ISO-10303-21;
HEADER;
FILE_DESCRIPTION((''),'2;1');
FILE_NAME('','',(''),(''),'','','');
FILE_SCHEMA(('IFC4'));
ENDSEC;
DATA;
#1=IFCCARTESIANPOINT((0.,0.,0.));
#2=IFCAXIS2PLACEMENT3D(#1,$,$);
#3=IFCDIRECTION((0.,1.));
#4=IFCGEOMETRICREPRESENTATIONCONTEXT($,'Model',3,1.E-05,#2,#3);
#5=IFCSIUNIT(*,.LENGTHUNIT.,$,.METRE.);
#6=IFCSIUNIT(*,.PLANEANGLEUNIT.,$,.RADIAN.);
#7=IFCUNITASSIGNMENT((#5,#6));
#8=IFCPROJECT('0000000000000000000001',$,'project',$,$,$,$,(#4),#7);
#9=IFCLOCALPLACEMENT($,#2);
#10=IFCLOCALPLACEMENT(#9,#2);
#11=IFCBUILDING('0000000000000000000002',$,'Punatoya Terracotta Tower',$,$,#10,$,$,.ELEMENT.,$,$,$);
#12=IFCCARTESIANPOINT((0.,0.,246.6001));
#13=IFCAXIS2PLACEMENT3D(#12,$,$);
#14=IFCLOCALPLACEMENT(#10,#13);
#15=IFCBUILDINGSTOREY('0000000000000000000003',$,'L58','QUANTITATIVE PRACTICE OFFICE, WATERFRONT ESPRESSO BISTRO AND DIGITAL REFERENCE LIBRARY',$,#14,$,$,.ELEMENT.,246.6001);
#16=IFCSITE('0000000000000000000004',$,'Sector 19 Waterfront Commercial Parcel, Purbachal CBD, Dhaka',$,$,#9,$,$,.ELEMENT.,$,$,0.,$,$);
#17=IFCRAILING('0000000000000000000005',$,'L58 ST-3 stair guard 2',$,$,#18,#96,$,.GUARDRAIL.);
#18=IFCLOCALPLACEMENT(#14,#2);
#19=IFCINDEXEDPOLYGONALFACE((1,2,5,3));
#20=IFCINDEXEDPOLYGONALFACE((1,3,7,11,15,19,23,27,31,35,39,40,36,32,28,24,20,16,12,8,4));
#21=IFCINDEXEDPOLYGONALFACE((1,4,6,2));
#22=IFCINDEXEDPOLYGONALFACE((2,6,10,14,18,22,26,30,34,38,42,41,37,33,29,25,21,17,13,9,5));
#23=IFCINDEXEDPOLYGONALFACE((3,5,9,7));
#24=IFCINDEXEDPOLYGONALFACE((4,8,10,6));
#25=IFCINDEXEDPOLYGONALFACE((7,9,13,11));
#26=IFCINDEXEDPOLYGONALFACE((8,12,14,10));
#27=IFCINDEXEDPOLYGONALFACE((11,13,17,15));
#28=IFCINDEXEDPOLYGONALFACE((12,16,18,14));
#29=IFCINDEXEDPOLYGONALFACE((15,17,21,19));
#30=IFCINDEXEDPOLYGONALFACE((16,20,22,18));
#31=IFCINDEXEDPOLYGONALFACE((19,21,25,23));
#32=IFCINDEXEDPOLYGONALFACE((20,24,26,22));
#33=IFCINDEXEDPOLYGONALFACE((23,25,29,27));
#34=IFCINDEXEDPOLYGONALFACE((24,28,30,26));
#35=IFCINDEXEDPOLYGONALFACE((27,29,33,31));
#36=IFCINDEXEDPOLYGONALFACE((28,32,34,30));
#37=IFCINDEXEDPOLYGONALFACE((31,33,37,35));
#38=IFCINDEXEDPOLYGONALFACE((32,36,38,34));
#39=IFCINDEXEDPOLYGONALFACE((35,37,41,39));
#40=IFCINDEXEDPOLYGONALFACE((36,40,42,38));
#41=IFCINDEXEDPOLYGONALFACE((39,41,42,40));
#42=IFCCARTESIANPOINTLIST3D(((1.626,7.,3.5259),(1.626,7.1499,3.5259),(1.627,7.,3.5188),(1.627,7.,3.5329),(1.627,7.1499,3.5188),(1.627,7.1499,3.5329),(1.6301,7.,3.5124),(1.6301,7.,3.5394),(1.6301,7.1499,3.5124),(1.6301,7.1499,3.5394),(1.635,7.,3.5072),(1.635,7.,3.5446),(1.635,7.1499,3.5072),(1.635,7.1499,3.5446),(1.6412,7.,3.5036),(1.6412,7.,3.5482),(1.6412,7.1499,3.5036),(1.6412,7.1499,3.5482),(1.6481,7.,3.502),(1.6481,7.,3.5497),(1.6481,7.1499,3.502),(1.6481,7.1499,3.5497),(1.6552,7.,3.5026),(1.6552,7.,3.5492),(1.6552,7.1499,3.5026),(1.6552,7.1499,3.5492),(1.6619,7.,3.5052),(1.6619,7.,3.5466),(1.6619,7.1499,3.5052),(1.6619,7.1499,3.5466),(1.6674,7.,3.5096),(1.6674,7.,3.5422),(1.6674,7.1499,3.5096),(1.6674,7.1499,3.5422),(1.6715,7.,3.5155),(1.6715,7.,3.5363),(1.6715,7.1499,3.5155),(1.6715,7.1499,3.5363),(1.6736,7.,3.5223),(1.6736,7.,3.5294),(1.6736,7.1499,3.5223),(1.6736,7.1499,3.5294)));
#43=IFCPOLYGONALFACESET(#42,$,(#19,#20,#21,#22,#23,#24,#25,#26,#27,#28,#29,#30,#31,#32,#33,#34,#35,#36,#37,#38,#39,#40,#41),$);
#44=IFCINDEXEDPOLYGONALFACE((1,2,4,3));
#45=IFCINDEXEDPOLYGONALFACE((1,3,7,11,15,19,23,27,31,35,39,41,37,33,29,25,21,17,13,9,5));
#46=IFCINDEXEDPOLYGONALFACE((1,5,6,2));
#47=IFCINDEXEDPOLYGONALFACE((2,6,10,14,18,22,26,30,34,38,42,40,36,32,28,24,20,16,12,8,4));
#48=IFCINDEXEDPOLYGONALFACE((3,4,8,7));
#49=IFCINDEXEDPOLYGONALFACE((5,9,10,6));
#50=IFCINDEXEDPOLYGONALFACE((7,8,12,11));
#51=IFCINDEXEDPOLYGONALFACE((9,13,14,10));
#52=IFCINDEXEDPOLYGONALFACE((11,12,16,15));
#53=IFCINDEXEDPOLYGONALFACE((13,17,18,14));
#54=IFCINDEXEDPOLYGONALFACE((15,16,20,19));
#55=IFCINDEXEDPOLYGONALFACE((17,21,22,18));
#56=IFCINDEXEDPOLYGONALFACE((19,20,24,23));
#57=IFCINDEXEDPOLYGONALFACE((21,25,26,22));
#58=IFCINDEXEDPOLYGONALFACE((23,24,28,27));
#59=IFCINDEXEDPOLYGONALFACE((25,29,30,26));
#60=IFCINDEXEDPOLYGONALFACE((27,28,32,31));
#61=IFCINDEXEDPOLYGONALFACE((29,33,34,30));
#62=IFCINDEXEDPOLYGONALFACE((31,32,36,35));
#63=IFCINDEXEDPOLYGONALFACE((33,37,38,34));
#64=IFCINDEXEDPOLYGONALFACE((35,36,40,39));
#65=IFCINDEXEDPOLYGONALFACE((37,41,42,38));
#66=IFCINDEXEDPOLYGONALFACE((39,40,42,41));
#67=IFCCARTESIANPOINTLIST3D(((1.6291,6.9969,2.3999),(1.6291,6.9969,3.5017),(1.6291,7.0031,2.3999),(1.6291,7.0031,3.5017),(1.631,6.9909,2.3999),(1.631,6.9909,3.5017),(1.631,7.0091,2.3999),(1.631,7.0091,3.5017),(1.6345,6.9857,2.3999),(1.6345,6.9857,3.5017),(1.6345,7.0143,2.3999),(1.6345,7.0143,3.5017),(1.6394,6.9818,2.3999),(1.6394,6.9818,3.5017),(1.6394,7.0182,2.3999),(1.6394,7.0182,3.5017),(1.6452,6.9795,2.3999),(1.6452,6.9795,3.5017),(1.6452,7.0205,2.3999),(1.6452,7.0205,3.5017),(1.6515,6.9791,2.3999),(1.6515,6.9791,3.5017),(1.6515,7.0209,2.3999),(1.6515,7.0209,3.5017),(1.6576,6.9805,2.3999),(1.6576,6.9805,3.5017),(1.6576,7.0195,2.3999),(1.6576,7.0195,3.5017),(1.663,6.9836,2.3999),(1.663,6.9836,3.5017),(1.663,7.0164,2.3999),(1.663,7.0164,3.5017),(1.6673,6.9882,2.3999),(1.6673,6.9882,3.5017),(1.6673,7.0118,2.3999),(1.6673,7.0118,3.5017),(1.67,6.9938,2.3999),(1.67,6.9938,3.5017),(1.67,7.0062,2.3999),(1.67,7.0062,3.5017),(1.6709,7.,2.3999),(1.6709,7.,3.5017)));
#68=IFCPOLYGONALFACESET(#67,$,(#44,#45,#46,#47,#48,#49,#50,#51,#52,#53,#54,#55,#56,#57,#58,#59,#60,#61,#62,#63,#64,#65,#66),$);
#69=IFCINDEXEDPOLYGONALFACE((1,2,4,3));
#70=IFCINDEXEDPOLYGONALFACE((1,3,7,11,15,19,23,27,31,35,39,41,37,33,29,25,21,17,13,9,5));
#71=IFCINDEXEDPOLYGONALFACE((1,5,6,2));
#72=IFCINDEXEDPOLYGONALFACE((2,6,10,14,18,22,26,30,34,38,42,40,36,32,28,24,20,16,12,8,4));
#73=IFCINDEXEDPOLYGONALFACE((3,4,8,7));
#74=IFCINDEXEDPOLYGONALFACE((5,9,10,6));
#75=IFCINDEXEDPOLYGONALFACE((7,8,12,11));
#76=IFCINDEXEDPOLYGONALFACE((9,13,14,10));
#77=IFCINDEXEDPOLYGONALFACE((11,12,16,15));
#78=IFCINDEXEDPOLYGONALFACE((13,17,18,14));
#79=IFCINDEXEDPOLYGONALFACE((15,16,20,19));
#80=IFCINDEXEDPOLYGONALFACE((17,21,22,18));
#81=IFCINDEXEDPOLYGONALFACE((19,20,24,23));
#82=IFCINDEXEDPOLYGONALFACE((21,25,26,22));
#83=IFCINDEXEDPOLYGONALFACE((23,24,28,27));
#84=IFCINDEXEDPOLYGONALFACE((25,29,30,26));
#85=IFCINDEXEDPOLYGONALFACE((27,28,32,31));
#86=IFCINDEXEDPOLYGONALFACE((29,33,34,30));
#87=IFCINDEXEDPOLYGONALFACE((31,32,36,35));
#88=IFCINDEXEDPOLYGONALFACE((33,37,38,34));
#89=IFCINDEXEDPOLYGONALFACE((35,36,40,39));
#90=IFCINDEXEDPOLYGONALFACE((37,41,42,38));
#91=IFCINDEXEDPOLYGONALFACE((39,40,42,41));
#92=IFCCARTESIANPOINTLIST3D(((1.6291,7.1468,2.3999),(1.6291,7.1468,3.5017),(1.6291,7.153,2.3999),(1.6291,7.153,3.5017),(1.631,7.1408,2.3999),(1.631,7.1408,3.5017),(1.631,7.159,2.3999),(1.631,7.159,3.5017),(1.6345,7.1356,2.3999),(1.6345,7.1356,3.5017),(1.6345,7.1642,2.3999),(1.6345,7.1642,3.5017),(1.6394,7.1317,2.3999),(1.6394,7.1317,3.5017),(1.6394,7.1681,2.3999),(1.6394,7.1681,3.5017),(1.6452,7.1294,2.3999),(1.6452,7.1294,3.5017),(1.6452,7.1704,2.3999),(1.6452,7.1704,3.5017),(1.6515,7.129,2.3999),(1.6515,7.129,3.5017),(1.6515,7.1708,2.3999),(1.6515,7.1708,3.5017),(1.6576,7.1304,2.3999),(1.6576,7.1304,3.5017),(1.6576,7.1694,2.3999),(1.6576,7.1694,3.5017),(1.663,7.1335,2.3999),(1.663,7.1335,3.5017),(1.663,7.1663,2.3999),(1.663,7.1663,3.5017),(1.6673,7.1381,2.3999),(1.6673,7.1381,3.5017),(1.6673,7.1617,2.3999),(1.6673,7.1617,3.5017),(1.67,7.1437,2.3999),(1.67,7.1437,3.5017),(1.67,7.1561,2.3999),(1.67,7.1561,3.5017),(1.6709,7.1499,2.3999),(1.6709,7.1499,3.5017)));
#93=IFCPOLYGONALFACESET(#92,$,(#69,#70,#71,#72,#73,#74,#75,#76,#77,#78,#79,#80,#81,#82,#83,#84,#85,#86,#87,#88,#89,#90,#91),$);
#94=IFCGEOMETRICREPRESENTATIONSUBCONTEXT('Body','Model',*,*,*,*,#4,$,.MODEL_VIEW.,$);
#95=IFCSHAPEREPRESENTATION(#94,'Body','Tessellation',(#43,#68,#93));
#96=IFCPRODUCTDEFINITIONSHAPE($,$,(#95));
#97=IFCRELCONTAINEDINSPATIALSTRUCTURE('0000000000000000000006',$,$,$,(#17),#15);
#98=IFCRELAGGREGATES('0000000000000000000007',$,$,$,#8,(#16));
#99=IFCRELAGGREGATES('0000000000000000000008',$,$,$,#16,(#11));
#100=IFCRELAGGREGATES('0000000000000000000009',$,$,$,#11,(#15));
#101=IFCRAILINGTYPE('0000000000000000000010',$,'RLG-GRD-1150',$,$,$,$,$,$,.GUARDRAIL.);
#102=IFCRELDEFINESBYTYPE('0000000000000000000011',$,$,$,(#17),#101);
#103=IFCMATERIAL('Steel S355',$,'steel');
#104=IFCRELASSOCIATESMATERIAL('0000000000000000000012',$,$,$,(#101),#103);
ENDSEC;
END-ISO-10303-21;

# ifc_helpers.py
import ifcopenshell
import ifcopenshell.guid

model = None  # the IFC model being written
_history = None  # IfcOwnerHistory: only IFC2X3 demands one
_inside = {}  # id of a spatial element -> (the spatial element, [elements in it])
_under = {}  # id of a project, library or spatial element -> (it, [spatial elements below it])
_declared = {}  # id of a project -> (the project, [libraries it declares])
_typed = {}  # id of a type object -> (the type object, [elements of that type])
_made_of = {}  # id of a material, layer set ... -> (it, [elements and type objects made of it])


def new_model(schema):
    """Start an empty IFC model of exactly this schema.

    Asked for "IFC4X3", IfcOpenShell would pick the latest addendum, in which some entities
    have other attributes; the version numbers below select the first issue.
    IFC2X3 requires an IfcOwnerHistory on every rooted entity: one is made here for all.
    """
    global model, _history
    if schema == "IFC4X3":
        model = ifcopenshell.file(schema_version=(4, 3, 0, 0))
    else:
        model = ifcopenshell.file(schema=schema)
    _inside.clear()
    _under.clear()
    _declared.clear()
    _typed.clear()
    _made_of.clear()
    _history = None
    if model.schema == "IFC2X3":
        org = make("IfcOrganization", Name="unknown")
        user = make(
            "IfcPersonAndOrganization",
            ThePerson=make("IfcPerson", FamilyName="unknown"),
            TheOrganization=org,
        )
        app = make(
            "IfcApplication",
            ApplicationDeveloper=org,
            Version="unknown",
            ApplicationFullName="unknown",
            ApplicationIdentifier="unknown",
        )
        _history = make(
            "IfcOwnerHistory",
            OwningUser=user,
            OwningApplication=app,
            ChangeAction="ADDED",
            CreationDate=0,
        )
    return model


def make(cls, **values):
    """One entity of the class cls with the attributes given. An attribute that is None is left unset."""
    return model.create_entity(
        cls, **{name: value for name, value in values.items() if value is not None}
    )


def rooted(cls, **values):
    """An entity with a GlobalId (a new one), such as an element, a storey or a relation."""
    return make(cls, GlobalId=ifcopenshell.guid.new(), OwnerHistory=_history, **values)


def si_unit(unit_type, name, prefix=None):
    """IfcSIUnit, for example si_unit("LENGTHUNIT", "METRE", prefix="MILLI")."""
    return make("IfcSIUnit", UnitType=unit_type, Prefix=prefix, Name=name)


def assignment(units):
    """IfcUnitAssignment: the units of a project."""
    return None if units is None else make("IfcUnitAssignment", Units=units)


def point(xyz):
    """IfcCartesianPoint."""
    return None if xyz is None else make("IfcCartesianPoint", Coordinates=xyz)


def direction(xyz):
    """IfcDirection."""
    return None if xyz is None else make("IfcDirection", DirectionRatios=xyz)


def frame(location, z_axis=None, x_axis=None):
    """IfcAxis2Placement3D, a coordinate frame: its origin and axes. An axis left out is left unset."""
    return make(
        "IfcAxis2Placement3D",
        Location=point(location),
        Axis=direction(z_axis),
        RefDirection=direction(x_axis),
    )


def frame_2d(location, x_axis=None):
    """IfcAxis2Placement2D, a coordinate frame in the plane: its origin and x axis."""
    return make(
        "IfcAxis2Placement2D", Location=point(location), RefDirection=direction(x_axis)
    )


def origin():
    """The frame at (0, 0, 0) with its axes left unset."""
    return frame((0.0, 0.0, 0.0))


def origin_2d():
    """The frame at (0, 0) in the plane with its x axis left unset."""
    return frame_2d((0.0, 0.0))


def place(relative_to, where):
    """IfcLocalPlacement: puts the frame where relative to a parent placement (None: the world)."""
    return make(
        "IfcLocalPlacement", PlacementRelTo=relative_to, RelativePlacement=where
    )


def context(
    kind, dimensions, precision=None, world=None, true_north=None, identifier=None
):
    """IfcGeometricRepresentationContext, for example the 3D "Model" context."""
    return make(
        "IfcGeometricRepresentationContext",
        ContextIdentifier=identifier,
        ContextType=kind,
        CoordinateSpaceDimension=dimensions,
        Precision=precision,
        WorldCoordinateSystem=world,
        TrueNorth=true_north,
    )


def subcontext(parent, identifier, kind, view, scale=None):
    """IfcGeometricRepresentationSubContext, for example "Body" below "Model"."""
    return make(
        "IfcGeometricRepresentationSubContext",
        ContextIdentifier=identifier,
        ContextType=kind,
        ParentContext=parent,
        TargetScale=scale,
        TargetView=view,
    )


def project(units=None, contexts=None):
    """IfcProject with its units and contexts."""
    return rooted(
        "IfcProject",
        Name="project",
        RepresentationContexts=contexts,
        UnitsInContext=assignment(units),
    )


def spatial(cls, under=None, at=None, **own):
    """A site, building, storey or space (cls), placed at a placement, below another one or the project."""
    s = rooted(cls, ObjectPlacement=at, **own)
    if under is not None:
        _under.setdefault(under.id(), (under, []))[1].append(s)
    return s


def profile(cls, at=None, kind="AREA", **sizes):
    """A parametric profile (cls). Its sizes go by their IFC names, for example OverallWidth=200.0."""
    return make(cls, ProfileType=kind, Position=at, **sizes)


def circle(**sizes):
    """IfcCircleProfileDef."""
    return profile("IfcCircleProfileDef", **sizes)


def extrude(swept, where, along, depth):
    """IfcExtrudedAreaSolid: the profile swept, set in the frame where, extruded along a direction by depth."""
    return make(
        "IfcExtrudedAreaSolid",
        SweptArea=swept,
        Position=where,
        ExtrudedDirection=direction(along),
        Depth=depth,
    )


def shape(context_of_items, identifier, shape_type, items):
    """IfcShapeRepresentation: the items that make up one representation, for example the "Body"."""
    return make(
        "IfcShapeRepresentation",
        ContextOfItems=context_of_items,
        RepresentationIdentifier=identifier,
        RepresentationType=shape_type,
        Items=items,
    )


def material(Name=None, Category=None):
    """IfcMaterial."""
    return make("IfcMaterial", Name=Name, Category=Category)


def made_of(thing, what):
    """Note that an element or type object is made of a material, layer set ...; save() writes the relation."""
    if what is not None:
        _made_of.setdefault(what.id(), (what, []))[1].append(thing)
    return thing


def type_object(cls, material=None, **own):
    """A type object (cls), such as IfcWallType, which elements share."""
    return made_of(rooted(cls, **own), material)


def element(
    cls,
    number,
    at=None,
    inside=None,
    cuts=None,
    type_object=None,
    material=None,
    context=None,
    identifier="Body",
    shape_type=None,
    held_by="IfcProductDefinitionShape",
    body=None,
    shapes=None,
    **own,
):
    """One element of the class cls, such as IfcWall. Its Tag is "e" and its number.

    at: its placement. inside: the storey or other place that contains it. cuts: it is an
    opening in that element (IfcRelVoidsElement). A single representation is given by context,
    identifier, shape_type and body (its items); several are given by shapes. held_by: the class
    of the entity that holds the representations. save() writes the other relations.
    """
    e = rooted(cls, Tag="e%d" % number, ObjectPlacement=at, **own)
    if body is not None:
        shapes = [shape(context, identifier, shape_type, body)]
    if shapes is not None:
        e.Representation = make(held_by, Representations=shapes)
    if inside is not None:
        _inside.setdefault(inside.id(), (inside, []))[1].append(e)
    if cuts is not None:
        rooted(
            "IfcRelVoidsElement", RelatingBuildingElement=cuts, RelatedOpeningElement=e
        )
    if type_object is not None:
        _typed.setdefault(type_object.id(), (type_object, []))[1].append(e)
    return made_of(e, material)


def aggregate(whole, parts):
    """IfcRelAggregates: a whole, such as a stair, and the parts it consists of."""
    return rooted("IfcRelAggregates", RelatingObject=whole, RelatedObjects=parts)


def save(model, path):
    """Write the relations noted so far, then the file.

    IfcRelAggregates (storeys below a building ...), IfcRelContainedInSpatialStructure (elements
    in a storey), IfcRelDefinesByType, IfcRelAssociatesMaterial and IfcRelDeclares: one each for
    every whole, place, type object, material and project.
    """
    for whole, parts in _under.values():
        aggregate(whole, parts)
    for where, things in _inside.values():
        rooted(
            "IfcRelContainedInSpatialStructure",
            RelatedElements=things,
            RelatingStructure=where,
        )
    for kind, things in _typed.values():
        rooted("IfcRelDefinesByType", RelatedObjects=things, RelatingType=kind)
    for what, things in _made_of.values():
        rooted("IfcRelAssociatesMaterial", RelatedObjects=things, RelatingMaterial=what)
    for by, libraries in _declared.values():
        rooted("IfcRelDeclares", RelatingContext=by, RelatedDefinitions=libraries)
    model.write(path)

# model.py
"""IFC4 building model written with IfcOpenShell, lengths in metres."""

from ifc_helpers import new_model, si_unit, direction, frame, origin, origin_2d, place, context, subcontext, project, spatial, circle, extrude, material, type_object, element, save


model = new_model("IFC4")

# Units and contexts
model_context = context("Model", 3, precision=1e-05, world=origin(), true_north=direction((0.0, 1.0)))
body_context = subcontext(model_context, "Body", "Model", "MODEL_VIEW")
ifc_project = project(units=[si_unit("LENGTHUNIT", "METRE"), si_unit("PLANEANGLEUNIT", "RADIAN")], contexts=[model_context])

# Site, building, storey
site_placement = place(None, origin())
site = spatial("IfcSite", under=ifc_project, at=site_placement, Name="Sector 19 Waterfront Commercial Parcel, Purbachal CBD, Dhaka", CompositionType="ELEMENT", RefElevation=0.0)
building_placement = place(site_placement, origin())
building = spatial("IfcBuilding", under=site, at=building_placement, Name="Punatoya Terracotta Tower", CompositionType="ELEMENT")
storey_placement = place(building_placement, frame((0.0, 0.0, 246.6001)))
storey = spatial("IfcBuildingStorey", under=building, at=storey_placement, Name="L58", Description="QUANTITATIVE PRACTICE OFFICE, WATERFRONT ESPRESSO BISTRO AND DIGITAL REFERENCE LIBRARY", CompositionType="ELEMENT", Elevation=246.6001)

# Shared definitions
ifc_material_1 = material(Name="Steel S355", Category="steel")

# Railing
railing_type_1 = type_object("IfcRailingType", Name="RLG-GRD-1150", PredefinedType="GUARDRAIL", material=ifc_material_1)
railing_1_placement = place(storey_placement, frame((1.6499, 7.0, 2.3999)))
element("IfcRailing", 1, at=railing_1_placement, inside=storey, type_object=railing_type_1, Name="L58 ST-3 stair guard 2", PredefinedType="GUARDRAIL", context=body_context, shape_type="SweptSolid", body=[
    extrude(circle(Radius=0.0239, at=origin_2d()), frame((0.0, 0.0, 1.126), z_axis=(0.0, 1.0, 0.0), x_axis=(-1.0, 0.0, 0.0)), (0.0, 0.0, 1.0), 0.1499),
    extrude(circle(Radius=0.021, at=origin_2d()), origin(), (0.0, 0.0, 1.0), 1.1018),
    extrude(circle(Radius=0.021, at=origin_2d()), frame((0.0, 0.1499, 0.0)), (0.0, 0.0, 1.0), 1.1018),
])

save(model, "model.ifc")
